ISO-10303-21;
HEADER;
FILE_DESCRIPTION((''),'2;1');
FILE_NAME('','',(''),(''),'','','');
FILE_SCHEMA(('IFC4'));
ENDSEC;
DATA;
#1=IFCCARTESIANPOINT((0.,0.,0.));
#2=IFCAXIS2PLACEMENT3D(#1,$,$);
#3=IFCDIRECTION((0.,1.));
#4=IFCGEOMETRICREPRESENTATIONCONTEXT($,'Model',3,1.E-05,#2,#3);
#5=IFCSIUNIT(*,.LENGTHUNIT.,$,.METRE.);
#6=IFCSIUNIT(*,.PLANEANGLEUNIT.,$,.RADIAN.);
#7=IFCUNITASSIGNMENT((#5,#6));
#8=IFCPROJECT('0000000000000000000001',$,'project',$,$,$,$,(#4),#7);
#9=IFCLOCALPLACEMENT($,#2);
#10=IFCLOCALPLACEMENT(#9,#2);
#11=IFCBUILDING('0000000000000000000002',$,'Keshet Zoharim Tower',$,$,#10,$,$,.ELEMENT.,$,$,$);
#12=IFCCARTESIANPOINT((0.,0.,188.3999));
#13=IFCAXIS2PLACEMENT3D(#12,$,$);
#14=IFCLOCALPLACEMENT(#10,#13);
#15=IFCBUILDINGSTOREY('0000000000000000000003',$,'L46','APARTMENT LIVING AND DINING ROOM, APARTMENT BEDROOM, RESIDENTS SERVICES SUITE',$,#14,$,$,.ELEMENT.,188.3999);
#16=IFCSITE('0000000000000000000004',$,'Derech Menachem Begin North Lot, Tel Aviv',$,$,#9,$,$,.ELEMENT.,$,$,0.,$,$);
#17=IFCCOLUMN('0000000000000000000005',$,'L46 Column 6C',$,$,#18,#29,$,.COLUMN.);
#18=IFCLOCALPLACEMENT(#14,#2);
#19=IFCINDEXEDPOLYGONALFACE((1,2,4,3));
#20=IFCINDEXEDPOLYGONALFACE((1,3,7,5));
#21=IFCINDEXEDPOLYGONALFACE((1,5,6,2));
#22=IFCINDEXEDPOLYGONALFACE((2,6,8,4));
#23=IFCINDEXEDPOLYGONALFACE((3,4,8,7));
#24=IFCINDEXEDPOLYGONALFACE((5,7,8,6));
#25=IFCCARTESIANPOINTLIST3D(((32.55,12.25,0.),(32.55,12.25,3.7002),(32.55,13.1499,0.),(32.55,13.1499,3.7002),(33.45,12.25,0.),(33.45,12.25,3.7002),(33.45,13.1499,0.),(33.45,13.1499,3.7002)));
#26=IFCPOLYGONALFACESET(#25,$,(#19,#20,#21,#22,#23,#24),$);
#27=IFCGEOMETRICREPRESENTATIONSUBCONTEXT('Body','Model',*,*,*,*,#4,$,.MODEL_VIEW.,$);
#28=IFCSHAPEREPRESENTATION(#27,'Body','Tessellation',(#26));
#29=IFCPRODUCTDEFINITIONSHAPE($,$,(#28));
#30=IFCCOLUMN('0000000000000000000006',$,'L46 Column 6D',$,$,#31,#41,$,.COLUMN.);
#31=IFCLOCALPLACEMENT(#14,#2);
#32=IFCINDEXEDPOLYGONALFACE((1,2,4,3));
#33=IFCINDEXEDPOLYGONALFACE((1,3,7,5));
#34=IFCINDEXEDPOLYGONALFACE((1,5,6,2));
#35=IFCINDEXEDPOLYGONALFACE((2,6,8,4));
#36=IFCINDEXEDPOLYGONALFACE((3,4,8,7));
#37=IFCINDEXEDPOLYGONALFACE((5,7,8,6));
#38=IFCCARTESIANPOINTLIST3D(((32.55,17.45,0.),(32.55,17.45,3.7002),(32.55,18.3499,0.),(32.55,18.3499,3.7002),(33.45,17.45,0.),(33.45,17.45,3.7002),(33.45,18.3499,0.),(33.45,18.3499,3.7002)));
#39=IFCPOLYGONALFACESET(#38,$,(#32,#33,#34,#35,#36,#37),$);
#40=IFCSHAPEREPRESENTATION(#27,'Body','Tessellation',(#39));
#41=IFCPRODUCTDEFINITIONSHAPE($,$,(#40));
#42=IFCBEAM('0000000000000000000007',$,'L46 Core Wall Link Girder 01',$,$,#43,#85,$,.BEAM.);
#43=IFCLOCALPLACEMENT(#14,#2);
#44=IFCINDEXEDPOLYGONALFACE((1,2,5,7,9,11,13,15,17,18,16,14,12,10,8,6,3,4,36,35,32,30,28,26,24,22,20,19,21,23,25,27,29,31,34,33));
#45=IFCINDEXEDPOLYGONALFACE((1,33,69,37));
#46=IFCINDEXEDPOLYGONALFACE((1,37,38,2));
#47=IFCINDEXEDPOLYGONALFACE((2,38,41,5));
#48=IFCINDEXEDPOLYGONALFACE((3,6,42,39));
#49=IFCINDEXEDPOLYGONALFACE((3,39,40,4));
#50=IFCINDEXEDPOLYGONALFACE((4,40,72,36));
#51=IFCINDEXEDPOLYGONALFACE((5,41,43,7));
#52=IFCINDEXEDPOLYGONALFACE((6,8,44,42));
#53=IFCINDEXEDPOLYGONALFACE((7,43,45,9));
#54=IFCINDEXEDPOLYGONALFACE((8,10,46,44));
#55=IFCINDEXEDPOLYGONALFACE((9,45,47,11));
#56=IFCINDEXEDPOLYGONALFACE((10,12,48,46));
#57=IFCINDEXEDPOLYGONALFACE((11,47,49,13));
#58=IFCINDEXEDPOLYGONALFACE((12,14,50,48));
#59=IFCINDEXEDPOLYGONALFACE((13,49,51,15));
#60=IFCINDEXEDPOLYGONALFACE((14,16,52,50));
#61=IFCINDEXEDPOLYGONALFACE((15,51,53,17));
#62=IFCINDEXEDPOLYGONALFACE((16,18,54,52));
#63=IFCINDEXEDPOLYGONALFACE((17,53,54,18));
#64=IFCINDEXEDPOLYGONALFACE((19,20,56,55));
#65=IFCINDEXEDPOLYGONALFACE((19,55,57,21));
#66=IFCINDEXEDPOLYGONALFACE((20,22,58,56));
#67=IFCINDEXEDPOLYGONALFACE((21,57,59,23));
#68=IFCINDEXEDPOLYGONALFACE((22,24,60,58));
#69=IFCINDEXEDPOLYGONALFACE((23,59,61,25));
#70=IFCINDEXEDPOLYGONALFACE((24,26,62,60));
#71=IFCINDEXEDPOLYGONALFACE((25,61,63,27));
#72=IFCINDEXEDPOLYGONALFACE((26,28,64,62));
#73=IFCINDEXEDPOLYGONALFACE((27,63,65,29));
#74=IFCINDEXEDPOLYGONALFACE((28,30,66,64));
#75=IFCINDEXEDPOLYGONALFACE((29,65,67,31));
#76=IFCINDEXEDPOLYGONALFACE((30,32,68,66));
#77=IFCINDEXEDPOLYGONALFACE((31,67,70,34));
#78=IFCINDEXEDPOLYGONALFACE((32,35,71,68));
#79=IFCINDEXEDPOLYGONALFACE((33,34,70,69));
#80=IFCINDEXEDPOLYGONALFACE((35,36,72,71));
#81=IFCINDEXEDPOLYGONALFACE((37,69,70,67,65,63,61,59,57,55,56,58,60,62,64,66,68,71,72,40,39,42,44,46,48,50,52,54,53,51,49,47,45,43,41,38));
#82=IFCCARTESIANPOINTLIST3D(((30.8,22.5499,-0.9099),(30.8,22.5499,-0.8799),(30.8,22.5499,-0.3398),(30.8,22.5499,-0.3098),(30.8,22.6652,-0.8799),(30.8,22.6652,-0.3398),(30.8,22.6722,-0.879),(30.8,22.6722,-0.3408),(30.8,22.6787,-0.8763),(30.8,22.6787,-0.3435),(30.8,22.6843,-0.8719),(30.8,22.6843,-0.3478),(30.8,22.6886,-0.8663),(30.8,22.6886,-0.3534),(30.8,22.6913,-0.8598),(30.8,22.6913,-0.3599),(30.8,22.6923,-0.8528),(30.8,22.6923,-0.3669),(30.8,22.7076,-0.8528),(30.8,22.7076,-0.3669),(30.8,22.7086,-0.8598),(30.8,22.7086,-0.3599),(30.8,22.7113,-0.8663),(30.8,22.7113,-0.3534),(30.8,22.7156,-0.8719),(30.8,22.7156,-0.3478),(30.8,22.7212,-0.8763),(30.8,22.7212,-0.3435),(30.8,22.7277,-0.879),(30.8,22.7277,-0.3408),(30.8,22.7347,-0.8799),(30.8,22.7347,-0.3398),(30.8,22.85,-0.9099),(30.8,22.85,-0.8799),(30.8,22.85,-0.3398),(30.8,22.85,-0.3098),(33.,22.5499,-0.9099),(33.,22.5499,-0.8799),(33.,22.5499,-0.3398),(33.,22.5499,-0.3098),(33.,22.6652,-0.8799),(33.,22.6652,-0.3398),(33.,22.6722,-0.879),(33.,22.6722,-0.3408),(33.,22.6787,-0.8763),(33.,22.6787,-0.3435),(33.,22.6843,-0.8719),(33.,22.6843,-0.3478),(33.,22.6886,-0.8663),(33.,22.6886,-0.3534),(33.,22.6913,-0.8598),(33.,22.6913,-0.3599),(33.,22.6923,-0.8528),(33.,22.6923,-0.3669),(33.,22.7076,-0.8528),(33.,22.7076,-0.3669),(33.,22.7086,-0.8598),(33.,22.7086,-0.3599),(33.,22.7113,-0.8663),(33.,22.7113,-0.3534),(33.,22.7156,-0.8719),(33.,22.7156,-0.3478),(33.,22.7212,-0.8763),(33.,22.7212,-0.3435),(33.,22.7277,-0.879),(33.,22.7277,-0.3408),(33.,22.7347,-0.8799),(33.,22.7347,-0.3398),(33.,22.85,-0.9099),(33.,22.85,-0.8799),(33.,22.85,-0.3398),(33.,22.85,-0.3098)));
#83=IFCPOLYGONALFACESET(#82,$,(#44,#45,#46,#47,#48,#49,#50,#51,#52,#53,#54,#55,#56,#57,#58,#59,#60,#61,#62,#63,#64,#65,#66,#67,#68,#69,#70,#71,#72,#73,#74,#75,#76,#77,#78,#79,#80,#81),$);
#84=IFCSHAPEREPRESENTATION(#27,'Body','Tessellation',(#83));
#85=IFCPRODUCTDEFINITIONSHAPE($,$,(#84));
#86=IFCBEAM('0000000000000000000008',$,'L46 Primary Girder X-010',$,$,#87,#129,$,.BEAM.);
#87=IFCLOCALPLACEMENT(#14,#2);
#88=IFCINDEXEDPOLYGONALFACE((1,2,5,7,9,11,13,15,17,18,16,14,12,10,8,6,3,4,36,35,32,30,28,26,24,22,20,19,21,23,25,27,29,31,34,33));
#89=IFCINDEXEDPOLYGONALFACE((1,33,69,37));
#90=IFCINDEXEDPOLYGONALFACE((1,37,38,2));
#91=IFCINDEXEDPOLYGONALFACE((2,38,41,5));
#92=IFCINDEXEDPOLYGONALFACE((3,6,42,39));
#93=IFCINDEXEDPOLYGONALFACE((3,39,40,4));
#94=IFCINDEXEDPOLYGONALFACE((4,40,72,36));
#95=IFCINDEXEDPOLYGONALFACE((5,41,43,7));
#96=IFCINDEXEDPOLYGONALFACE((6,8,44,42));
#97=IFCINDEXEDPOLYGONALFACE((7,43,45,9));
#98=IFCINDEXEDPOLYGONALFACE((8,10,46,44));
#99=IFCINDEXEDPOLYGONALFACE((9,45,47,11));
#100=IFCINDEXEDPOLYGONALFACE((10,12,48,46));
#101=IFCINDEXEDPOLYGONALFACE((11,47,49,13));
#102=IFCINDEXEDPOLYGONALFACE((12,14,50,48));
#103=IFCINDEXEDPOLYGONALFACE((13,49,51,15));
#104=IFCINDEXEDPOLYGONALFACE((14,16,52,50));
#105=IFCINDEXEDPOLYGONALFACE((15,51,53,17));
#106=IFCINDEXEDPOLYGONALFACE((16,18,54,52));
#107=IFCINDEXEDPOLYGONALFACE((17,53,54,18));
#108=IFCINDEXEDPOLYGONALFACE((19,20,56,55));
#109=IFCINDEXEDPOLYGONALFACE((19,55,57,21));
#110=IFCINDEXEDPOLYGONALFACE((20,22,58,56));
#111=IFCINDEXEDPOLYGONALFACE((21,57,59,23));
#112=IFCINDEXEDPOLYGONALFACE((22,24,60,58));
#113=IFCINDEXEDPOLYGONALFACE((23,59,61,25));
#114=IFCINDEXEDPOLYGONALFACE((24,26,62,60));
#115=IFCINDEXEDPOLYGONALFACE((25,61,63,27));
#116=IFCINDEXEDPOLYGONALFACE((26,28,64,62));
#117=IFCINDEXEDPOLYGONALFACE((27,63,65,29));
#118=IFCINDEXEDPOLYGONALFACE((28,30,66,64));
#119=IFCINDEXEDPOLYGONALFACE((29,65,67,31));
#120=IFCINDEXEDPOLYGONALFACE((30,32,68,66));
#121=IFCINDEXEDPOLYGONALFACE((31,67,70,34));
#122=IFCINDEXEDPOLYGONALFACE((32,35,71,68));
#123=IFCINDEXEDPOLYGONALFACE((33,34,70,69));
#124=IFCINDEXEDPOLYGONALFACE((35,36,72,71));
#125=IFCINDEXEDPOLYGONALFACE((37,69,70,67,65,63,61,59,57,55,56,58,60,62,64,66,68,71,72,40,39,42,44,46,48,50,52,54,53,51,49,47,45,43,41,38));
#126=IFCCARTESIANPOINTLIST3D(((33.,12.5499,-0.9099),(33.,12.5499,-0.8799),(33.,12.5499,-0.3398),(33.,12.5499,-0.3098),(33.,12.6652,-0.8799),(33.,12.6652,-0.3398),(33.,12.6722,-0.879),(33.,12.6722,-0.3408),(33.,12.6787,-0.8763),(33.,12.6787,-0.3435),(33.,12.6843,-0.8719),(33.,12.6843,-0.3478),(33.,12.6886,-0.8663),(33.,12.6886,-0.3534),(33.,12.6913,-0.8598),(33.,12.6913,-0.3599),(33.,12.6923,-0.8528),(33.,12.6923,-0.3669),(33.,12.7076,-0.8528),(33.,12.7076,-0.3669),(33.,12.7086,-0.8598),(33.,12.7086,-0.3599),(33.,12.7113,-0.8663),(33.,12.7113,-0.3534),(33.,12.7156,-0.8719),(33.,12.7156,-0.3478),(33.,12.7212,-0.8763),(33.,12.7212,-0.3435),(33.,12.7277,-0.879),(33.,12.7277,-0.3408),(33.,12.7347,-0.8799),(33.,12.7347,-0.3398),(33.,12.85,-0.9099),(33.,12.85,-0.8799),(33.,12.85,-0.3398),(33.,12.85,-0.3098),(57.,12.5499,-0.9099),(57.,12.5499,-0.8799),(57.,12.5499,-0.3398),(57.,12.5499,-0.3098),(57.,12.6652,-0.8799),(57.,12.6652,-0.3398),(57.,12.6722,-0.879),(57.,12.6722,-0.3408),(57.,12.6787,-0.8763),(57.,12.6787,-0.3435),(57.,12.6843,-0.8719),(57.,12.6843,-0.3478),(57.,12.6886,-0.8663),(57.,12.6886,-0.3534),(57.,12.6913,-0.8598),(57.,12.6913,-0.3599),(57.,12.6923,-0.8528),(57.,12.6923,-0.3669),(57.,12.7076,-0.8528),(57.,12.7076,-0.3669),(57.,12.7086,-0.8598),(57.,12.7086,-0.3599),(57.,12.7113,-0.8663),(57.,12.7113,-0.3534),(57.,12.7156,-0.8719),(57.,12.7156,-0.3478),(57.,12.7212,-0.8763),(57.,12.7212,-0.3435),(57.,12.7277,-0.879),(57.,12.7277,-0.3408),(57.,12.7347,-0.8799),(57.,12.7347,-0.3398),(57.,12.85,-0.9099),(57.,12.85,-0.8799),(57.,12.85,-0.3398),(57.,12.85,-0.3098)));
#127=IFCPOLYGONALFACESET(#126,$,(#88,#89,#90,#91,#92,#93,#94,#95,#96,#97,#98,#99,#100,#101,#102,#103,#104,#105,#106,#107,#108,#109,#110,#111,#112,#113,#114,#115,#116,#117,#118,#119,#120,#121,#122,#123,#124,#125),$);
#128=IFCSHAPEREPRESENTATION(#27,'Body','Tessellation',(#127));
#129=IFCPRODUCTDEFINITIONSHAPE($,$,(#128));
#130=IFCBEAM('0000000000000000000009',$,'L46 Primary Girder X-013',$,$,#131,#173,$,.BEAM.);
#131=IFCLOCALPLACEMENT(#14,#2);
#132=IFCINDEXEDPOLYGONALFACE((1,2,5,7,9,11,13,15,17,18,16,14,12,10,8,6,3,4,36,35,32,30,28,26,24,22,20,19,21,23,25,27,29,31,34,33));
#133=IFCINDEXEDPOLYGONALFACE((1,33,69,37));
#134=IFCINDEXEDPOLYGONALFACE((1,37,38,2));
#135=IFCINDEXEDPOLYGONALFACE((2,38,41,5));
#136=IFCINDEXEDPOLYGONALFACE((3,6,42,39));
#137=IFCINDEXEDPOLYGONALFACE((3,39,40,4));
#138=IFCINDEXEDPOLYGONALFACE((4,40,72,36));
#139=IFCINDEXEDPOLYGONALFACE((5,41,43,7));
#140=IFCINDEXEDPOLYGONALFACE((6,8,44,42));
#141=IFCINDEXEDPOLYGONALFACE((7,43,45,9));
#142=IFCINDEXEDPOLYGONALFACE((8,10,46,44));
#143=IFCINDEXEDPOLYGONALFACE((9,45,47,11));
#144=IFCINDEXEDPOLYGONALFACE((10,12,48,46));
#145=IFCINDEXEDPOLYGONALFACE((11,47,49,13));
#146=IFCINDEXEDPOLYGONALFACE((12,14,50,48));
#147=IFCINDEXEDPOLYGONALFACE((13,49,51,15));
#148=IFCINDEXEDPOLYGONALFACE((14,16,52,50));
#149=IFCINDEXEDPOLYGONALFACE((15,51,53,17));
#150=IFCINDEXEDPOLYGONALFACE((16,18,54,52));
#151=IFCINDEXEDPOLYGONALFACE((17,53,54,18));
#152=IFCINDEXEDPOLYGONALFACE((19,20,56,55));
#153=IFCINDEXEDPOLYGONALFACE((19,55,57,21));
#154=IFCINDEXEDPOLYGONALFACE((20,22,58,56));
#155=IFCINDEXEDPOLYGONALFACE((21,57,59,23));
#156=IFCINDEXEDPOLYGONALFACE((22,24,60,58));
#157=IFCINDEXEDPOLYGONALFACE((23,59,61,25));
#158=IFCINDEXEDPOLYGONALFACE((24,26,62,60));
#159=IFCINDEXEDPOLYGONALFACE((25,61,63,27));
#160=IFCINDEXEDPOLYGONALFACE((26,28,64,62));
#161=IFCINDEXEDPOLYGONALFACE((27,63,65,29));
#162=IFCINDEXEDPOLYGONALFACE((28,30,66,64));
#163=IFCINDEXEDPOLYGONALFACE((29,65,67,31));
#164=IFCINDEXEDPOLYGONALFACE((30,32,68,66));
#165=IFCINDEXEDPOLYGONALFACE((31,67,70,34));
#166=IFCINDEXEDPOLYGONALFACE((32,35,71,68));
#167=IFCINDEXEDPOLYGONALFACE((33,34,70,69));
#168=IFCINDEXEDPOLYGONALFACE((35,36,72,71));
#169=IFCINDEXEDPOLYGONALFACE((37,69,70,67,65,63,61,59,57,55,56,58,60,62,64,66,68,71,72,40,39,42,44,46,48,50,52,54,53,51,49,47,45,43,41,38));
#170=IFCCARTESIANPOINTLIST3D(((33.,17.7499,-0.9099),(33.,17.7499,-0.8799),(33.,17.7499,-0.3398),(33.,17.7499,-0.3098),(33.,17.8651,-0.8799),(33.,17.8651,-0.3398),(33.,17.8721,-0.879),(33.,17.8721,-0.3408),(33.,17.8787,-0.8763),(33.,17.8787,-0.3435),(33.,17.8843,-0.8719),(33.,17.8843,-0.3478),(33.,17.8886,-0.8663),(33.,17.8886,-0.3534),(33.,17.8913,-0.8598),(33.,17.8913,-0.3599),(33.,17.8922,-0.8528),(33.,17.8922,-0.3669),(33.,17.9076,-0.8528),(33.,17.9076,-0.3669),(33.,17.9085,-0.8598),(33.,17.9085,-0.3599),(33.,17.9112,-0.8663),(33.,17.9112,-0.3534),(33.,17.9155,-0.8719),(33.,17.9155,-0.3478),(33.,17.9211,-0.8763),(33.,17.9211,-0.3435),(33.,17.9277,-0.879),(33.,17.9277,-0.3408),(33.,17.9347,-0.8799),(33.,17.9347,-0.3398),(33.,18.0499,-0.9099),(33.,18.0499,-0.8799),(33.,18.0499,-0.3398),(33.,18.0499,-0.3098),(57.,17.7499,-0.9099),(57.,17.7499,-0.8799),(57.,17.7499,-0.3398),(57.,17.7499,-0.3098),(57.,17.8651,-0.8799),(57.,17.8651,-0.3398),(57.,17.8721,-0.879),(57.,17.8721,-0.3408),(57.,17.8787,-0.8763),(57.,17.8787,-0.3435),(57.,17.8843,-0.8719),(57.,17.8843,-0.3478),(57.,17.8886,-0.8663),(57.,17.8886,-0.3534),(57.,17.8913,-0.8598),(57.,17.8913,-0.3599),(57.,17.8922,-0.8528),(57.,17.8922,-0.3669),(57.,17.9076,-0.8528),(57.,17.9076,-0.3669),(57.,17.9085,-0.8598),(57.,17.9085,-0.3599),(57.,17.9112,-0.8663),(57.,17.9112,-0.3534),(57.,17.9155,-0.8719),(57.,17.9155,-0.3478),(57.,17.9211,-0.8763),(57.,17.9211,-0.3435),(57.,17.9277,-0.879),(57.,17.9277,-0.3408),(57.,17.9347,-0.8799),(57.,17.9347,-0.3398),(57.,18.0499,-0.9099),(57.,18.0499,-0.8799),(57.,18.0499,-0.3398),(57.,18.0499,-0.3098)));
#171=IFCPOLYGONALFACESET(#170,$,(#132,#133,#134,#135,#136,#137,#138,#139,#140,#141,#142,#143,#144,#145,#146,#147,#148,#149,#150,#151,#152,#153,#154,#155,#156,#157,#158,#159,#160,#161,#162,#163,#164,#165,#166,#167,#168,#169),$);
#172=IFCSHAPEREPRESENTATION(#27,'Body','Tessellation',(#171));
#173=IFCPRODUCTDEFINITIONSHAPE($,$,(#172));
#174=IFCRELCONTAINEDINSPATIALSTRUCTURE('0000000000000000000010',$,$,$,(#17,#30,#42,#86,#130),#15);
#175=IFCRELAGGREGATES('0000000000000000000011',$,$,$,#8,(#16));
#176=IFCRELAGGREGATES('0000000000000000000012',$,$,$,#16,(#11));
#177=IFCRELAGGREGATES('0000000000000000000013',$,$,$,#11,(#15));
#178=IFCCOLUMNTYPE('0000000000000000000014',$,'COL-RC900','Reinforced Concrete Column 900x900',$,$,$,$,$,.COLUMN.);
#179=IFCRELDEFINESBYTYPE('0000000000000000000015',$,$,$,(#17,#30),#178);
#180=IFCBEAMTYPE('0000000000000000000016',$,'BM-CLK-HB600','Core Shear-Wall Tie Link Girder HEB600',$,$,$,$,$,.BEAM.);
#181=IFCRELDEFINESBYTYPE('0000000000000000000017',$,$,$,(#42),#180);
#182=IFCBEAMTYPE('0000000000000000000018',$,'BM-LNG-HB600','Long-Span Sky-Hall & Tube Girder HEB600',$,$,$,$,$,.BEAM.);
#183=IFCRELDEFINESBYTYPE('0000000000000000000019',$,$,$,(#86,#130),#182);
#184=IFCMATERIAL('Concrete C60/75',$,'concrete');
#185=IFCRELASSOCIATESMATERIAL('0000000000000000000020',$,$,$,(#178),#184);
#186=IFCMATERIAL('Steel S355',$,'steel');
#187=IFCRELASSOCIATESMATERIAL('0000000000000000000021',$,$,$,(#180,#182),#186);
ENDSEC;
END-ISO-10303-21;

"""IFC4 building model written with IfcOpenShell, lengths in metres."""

from ifc_helpers import new_model, si_unit, direction, frame, origin, origin_2d, place, context, subcontext, project, spatial, rectangle, i_section, extrude, material, material_profile, profile_set, type_object, element, save


model = new_model("IFC4")

# Units and contexts
model_context = context("Model", 3, precision=1e-05, world=origin(), true_north=direction((0.0, 1.0)))
body_context = subcontext(model_context, "Body", "Model", "MODEL_VIEW")
ifc_project = project(units=[si_unit("LENGTHUNIT", "METRE"), si_unit("PLANEANGLEUNIT", "RADIAN")], contexts=[model_context])

# Site, building, storey
site_placement = place(None, origin())
site = spatial("IfcSite", under=ifc_project, at=site_placement, Name="Derech Menachem Begin North Lot, Tel Aviv", CompositionType="ELEMENT", RefElevation=0.0)
building_placement = place(site_placement, origin())
building = spatial("IfcBuilding", under=site, at=building_placement, Name="Keshet Zoharim Tower", CompositionType="ELEMENT")
storey_placement = place(building_placement, frame((0.0, 0.0, 188.3999)))
storey = spatial("IfcBuildingStorey", under=building, at=storey_placement, Name="L46", Description="APARTMENT LIVING AND DINING ROOM, APARTMENT BEDROOM, RESIDENTS SERVICES SUITE", CompositionType="ELEMENT", Elevation=188.3999)

# Columns
ifc_material_1 = material(Name="Concrete C60/75", Category="concrete")
ifc_material_profile_1 = material_profile(ifc_material_1, rectangle(XDim=0.8999, YDim=0.8999, at=origin_2d()), Name="RC900x900")
ifc_profile_set_1 = profile_set([ifc_material_profile_1], Name="Concrete C60/75")
column_type = type_object("IfcColumnType", Name="COL-RC900", Description="Reinforced Concrete Column 900x900", PredefinedType="COLUMN", material=ifc_profile_set_1)
for number, where, z_axis, x_axis, name in (
    (1, (33.0, 12.7, 0.0), (0.0, 0.0, 1.0), (1.0, 0.0, 0.0), "L46 Column 6C"),
    (2, (33.0, 17.8999, 0.0), (0.0, 0.0, 1.0), (1.0, 0.0, 0.0), "L46 Column 6D"),
):
    element("IfcColumn", number, at=place(storey_placement, frame(where, z_axis=z_axis, x_axis=x_axis)), inside=storey, type_object=column_type, Name=name, PredefinedType="COLUMN", context=body_context, shape_type="SweptSolid", body=[
        extrude(rectangle(XDim=0.8999, YDim=0.8999, at=origin_2d()), origin(), (0.0, 0.0, 1.0), 3.7002),
    ])

# Beams
ifc_material_2 = material(Name="Steel S355", Category="steel")
ifc_material_profile_2 = material_profile(ifc_material_2, i_section(OverallWidth=0.3, OverallDepth=0.6001, WebThickness=0.0154, FlangeThickness=0.03, FilletRadius=0.0271, at=origin_2d()), Name="HEB600")
ifc_profile_set_2 = profile_set([ifc_material_profile_2], Name="Steel S355")
beam_type_1 = type_object("IfcBeamType", Name="BM-CLK-HB600", Description="Core Shear-Wall Tie Link Girder HEB600", PredefinedType="BEAM", material=ifc_profile_set_2)
beam_1_placement = place(storey_placement, frame((30.8, 22.7, -0.6099), z_axis=(1.0, 0.0, 0.0), x_axis=(0.0, 1.0, 0.0)))
element("IfcBeam", 3, at=beam_1_placement, inside=storey, type_object=beam_type_1, Name="L46 Core Wall Link Girder 01", PredefinedType="BEAM", context=body_context, shape_type="SweptSolid", body=[
    extrude(i_section(OverallWidth=0.3, OverallDepth=0.6001, WebThickness=0.0154, FlangeThickness=0.03, FilletRadius=0.0271, at=origin_2d()), origin(), (0.0, 0.0, 1.0), 2.2),
])
ifc_material_profile_3 = material_profile(ifc_material_2, i_section(OverallWidth=0.3, OverallDepth=0.6001, WebThickness=0.0154, FlangeThickness=0.03, FilletRadius=0.0271, at=origin_2d()), Name="HEB600")
ifc_profile_set_3 = profile_set([ifc_material_profile_3], Name="Steel S355")
beam_type_2 = type_object("IfcBeamType", Name="BM-LNG-HB600", Description="Long-Span Sky-Hall & Tube Girder HEB600", PredefinedType="BEAM", material=ifc_profile_set_3)
for number, where, z_axis, x_axis, name in (
    (4, (33.0, 12.7, -0.6099), (1.0, 0.0, 0.0), (0.0, 1.0, 0.0), "L46 Primary Girder X-010"),
    (5, (33.0, 17.8999, -0.6099), (1.0, 0.0, 0.0), (0.0, 1.0, 0.0), "L46 Primary Girder X-013"),
):
    element("IfcBeam", number, at=place(storey_placement, frame(where, z_axis=z_axis, x_axis=x_axis)), inside=storey, type_object=beam_type_2, Name=name, PredefinedType="BEAM", context=body_context, shape_type="SweptSolid", body=[
        extrude(i_section(OverallWidth=0.3, OverallDepth=0.6001, WebThickness=0.0154, FlangeThickness=0.03, FilletRadius=0.0271, at=origin_2d()), origin(), (0.0, 0.0, 1.0), 24.0),
    ])

save(model, "model.ifc")
